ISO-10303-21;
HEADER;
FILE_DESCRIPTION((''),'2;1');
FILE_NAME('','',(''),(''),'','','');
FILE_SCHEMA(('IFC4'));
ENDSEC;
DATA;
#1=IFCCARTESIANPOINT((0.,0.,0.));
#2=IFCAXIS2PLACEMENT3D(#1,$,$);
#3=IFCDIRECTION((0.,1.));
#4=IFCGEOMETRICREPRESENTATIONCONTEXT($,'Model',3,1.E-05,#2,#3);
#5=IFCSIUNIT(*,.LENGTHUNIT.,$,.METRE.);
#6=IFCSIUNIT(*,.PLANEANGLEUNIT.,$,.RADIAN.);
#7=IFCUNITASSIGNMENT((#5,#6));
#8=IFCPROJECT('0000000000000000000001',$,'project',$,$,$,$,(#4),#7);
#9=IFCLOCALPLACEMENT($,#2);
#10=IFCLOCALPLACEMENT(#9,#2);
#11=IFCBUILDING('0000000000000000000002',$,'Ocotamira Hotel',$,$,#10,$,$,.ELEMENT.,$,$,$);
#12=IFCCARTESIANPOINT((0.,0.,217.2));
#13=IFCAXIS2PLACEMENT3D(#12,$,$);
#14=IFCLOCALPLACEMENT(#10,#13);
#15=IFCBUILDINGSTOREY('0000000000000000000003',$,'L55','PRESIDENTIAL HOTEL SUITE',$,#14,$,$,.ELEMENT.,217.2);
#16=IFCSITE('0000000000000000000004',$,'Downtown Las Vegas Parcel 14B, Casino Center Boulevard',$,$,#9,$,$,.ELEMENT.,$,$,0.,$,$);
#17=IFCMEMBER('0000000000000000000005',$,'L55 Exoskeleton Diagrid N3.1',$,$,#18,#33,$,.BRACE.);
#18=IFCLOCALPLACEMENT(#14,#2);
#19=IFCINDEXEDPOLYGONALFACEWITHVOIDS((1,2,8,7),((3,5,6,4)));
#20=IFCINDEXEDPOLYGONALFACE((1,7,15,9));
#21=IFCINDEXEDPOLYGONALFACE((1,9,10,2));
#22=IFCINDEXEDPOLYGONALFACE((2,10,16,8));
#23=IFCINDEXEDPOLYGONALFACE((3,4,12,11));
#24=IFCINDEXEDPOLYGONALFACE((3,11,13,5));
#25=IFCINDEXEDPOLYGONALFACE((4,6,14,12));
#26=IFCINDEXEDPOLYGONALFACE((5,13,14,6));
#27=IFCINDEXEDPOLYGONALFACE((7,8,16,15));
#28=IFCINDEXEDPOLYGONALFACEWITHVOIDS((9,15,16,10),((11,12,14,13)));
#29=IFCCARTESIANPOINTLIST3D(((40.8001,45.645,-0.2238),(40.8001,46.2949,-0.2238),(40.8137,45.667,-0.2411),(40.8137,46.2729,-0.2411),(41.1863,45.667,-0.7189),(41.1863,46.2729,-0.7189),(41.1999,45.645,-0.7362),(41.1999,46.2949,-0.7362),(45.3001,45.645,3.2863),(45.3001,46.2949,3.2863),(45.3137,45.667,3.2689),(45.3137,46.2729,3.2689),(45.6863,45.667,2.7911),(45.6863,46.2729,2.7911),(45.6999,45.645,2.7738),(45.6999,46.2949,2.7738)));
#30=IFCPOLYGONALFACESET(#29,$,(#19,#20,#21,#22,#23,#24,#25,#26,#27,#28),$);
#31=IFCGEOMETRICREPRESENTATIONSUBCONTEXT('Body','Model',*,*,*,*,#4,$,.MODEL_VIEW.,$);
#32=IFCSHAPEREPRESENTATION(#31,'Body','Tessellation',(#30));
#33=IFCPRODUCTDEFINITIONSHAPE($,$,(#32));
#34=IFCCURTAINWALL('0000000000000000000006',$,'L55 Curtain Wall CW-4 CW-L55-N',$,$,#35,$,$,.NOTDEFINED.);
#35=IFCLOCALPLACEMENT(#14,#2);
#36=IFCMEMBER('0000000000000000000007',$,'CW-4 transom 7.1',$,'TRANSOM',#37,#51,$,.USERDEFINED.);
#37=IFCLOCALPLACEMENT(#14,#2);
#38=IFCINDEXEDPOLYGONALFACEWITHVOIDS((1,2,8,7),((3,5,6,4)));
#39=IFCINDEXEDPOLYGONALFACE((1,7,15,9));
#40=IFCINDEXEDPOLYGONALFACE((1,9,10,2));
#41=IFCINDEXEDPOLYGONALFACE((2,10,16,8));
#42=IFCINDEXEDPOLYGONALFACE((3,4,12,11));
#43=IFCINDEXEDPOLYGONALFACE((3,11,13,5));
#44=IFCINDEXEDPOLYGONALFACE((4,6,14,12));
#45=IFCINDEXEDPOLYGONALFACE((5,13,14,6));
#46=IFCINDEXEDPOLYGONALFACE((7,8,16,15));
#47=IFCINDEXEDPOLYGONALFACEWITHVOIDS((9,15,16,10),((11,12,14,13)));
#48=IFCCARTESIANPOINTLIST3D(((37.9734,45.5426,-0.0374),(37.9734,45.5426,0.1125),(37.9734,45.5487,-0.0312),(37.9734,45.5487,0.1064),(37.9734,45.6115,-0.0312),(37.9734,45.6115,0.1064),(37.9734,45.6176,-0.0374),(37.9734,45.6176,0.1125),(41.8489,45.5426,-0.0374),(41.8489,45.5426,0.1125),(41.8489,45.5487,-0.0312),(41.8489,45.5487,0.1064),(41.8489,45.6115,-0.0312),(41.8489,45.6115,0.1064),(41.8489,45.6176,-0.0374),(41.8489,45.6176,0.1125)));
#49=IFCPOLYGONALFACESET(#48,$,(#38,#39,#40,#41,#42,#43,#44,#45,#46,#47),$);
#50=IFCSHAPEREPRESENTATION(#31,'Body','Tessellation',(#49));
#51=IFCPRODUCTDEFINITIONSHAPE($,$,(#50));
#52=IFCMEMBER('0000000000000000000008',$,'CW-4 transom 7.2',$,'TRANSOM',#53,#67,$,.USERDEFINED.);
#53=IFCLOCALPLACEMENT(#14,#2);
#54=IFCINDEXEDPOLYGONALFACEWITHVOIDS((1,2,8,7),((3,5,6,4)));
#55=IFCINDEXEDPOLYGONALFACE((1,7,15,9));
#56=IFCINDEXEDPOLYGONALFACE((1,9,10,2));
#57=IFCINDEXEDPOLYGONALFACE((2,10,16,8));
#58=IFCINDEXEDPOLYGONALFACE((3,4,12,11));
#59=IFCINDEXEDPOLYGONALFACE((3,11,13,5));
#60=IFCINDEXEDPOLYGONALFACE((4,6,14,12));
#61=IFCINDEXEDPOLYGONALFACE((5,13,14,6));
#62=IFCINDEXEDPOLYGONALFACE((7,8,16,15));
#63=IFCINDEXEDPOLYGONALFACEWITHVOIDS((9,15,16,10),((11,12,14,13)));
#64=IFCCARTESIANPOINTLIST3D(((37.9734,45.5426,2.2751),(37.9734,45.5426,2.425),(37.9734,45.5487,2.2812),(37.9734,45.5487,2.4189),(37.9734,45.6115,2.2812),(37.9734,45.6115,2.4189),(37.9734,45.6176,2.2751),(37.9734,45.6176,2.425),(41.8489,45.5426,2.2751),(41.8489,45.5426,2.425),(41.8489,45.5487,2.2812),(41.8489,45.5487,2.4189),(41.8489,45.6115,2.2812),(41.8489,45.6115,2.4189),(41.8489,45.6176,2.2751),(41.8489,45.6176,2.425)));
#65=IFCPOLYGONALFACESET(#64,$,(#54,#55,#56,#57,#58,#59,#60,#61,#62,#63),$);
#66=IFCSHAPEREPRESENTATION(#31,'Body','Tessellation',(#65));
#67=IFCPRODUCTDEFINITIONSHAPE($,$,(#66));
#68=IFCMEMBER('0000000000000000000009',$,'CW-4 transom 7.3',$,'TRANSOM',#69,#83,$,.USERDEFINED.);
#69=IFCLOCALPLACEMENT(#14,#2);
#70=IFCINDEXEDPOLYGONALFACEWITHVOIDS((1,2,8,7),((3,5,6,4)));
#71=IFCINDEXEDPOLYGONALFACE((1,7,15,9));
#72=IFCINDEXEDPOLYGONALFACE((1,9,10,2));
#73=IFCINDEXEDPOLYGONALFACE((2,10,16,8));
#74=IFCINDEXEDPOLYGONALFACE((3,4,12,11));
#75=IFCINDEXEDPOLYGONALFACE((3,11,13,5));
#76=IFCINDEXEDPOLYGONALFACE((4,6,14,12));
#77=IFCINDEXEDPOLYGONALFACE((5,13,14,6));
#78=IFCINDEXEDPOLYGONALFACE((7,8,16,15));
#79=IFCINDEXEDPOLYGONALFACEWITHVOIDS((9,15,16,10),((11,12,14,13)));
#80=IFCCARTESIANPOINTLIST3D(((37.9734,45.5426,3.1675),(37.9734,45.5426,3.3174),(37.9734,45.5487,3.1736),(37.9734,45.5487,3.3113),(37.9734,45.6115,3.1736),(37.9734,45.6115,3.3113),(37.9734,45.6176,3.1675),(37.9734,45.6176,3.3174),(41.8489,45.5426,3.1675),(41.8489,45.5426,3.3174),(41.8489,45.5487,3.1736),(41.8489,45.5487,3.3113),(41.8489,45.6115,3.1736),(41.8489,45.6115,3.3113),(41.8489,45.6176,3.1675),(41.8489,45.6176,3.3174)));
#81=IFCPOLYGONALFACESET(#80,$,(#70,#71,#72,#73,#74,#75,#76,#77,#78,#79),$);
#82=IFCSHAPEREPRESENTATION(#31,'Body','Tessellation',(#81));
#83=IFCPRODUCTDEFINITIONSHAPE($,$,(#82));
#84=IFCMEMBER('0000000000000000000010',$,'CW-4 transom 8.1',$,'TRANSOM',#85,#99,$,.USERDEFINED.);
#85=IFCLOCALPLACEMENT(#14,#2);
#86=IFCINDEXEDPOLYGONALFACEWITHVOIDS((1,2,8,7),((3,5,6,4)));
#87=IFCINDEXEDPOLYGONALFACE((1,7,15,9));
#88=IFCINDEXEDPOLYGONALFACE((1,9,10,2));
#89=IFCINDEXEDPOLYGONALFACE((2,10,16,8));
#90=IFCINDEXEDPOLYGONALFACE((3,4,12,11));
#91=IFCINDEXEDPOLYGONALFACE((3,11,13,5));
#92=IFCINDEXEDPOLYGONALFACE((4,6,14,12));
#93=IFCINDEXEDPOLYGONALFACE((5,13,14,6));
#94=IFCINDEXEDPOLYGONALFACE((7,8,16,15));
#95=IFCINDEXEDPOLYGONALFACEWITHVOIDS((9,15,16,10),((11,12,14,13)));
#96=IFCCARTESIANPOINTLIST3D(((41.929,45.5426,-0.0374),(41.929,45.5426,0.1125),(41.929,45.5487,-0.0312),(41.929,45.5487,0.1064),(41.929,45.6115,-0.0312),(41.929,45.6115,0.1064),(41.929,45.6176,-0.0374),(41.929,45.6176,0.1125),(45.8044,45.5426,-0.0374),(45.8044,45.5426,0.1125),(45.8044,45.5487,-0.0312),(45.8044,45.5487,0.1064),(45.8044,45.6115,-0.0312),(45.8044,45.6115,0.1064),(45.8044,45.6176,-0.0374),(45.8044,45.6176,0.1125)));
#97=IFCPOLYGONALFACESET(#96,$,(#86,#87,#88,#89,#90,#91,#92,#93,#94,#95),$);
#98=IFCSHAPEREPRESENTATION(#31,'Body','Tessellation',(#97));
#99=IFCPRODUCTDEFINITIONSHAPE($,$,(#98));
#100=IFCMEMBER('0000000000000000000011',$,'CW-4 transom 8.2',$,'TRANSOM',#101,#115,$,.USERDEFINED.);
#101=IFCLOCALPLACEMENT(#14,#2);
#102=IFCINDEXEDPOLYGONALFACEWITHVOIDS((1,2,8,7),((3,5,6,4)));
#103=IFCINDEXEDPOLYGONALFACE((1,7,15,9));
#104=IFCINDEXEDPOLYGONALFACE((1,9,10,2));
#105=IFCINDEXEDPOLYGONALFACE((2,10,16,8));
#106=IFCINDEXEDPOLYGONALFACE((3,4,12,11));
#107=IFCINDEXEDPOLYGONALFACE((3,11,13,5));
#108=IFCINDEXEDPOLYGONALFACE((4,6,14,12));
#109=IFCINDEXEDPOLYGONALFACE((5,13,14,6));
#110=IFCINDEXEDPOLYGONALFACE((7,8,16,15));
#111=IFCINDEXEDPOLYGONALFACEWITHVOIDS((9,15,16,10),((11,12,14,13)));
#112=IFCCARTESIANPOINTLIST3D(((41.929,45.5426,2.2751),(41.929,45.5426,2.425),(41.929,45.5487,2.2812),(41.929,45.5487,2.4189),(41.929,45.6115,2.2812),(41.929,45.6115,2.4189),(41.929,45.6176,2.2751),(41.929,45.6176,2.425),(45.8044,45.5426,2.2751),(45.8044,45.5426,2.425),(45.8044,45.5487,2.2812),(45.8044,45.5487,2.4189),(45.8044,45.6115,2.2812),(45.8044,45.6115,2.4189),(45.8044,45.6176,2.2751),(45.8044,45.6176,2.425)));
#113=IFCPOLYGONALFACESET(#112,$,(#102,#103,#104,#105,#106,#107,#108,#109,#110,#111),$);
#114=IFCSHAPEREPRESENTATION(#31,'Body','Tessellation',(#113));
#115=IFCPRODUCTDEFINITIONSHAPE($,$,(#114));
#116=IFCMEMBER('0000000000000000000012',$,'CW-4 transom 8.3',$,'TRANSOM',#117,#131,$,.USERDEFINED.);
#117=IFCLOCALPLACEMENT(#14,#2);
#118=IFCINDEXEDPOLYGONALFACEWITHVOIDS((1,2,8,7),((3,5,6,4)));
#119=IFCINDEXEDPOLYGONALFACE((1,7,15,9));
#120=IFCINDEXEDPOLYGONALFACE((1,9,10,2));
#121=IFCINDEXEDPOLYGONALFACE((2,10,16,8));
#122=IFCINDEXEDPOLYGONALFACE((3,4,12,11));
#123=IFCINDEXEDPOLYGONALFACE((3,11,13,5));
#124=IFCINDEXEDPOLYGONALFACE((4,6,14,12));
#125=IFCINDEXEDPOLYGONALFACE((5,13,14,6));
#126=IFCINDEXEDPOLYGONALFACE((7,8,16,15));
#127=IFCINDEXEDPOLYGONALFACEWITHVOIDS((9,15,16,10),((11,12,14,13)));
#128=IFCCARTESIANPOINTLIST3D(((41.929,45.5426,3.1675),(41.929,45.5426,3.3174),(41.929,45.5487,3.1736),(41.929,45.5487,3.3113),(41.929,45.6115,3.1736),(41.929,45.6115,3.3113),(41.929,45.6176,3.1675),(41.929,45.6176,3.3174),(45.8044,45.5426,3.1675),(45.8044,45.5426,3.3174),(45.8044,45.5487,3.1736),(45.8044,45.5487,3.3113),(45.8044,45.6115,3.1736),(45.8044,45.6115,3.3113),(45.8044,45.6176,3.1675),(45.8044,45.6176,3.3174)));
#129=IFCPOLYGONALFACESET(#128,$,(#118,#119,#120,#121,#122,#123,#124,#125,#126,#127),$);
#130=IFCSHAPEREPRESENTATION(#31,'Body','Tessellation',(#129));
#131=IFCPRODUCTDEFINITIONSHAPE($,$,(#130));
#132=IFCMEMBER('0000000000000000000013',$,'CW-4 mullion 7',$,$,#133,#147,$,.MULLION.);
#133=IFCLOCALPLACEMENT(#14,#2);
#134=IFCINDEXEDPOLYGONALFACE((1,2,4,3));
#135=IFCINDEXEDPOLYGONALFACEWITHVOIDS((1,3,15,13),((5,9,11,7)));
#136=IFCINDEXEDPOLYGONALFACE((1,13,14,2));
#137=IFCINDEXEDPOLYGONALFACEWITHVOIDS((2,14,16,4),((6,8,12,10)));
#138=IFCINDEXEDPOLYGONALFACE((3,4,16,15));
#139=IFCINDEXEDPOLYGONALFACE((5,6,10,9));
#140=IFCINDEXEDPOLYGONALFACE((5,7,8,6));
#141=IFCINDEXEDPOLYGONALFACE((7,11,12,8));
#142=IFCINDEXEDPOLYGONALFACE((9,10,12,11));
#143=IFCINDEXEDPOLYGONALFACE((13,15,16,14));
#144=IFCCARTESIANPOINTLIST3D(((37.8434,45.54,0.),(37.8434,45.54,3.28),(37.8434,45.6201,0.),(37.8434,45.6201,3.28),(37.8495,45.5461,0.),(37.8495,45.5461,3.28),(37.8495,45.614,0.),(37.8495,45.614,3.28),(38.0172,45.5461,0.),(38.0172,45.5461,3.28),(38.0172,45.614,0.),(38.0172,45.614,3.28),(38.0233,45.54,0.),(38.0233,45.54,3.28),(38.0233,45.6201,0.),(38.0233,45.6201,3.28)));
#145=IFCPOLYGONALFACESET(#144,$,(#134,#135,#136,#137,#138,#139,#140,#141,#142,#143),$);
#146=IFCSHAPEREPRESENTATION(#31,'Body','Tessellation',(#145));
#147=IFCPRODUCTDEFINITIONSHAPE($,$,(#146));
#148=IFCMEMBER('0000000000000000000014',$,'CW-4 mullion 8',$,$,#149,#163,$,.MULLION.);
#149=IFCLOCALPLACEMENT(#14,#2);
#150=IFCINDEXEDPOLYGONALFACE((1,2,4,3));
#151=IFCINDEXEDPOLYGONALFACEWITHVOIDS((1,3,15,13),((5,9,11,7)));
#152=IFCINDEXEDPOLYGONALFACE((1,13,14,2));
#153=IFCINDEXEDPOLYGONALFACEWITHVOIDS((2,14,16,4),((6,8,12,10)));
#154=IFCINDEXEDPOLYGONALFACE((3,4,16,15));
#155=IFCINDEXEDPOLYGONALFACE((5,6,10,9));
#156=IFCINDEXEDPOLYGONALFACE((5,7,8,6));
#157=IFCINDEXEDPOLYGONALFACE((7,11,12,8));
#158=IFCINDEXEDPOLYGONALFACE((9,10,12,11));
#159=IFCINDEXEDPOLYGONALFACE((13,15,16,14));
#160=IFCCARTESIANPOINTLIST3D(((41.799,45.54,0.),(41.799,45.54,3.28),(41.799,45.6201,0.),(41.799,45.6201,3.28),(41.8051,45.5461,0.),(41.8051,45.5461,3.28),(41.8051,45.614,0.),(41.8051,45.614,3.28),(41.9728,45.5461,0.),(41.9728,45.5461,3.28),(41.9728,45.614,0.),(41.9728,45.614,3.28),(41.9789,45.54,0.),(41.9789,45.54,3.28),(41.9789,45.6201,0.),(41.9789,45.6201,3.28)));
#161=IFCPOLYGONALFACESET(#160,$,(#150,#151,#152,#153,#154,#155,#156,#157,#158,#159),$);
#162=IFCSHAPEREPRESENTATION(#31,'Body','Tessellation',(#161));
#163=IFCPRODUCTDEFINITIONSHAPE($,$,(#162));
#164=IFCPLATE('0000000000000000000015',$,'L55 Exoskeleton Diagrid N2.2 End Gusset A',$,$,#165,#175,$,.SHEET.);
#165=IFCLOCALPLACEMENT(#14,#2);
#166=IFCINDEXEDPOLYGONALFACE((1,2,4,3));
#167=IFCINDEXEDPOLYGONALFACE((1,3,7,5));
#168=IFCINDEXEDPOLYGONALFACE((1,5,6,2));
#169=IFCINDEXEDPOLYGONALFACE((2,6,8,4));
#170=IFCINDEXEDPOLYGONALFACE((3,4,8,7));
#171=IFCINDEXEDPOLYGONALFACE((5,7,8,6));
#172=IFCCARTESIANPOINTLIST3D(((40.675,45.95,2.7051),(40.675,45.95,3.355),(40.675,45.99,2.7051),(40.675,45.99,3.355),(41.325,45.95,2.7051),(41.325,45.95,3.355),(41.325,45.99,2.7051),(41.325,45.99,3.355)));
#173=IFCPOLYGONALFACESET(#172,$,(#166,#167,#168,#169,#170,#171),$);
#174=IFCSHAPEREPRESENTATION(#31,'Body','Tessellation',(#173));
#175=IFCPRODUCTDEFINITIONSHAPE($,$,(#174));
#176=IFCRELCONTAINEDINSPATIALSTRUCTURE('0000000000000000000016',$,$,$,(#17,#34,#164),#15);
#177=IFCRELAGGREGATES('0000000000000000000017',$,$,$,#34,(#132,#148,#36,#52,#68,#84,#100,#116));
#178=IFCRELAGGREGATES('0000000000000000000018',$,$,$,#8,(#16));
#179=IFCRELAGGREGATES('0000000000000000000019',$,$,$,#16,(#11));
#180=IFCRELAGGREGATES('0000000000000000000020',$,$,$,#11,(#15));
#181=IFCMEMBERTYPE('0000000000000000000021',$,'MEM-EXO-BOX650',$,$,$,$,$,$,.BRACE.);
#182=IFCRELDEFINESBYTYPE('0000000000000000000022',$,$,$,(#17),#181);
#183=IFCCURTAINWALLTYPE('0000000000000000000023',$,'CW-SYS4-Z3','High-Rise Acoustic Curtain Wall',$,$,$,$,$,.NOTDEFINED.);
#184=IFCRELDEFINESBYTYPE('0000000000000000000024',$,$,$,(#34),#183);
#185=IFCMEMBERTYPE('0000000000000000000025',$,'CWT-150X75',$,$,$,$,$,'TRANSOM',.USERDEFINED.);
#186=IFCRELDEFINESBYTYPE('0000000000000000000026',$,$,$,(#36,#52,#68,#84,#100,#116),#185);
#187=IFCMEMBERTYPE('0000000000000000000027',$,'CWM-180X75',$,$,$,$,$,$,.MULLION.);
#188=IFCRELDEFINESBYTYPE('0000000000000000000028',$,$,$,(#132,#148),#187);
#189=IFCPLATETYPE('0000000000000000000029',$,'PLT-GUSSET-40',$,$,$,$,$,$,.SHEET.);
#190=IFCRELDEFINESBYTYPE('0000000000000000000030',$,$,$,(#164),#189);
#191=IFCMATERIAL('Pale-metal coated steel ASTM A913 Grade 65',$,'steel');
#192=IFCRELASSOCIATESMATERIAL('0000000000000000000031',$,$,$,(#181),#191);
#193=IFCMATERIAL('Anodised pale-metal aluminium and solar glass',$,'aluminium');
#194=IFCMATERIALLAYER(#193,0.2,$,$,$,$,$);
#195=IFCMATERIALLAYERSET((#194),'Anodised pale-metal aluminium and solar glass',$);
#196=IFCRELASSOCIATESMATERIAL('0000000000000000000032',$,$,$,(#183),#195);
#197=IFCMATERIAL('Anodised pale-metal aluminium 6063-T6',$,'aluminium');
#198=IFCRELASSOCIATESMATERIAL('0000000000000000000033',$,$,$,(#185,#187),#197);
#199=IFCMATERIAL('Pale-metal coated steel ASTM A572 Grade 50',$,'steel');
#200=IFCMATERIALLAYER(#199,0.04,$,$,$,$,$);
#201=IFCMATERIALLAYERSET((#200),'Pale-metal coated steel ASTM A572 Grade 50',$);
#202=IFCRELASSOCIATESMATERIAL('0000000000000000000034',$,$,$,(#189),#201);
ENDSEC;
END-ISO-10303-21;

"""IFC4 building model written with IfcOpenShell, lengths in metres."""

from ifc_helpers import new_model, si_unit, direction, frame, origin, origin_2d, place, context, subcontext, project, spatial, rectangle, hollow_rectangle, extrude, source, transform, mapped, material, layer, layer_set, material_profile, profile_set, type_object, element, aggregate, save


model = new_model("IFC4")

# Units and contexts
model_context = context("Model", 3, precision=1e-05, world=origin(), true_north=direction((0.0, 1.0)))
body_context = subcontext(model_context, "Body", "Model", "MODEL_VIEW")
ifc_project = project(units=[si_unit("LENGTHUNIT", "METRE"), si_unit("PLANEANGLEUNIT", "RADIAN")], contexts=[model_context])

# Site, building, storey
site_placement = place(None, origin())
site = spatial("IfcSite", under=ifc_project, at=site_placement, Name="Downtown Las Vegas Parcel 14B, Casino Center Boulevard", CompositionType="ELEMENT", RefElevation=0.0)
building_placement = place(site_placement, origin())
building = spatial("IfcBuilding", under=site, at=building_placement, Name="Ocotamira Hotel", CompositionType="ELEMENT")
storey_placement = place(building_placement, frame((0.0, 0.0, 217.2)))
storey = spatial("IfcBuildingStorey", under=building, at=storey_placement, Name="L55", Description="PRESIDENTIAL HOTEL SUITE", CompositionType="ELEMENT", Elevation=217.2)

# Member
ifc_material_1 = material(Name="Pale-metal coated steel ASTM A913 Grade 65", Category="steel")
ifc_material_profile_1 = material_profile(ifc_material_1, hollow_rectangle(XDim=0.6499, YDim=0.6499, WallThickness=0.022, at=origin_2d()), Name="BOX650X650X22")
ifc_profile_set_1 = profile_set([ifc_material_profile_1], Name="Pale-metal coated steel ASTM A913 Grade 65")
member_type_1 = type_object("IfcMemberType", Name="MEM-EXO-BOX650", PredefinedType="BRACE", material=ifc_profile_set_1)
shared_shape_1 = source(origin(), body_context, "Body", "SweptSolid", [
    extrude(hollow_rectangle(XDim=0.6499, YDim=0.6499, WallThickness=0.022, at=origin_2d()), origin(), (0.0, 0.0, 1.0), 5.707),
])
for number, where, z_axis, x_axis, name in (
    (1, (41.0, 45.97, -0.48), (0.788501, 0.0, 0.615033), (0.0, 1.0, 0.0), "L55 Exoskeleton Diagrid N3.1"),
):
    element("IfcMember", number, at=place(storey_placement, frame(where, z_axis=z_axis, x_axis=x_axis)), inside=storey, type_object=member_type_1, Name=name, PredefinedType="BRACE", context=body_context, shape_type="MappedRepresentation", body=[
        mapped(shared_shape_1, transform((0.0, 0.0, 0.0), scale=1.0)),
    ])

# Curtain wall, members
ifc_material_2 = material(Name="Anodised pale-metal aluminium and solar glass", Category="aluminium")
ifc_layer_1 = layer(ifc_material_2, 0.2)
ifc_layer_set_1 = layer_set([ifc_layer_1], Name="Anodised pale-metal aluminium and solar glass")
curtain_wall_type = type_object("IfcCurtainWallType", Name="CW-SYS4-Z3", Description="High-Rise Acoustic Curtain Wall", PredefinedType="NOTDEFINED", material=ifc_layer_set_1)
curtain_wall_placement = place(storey_placement, origin())
curtain_wall = element("IfcCurtainWall", 2, at=curtain_wall_placement, inside=storey, type_object=curtain_wall_type, Name="L55 Curtain Wall CW-4 CW-L55-N", PredefinedType="NOTDEFINED")
ifc_material_3 = material(Name="Anodised pale-metal aluminium 6063-T6", Category="aluminium")
ifc_material_profile_2 = material_profile(ifc_material_3, hollow_rectangle(XDim=0.075, YDim=0.1499, WallThickness=0.0061, at=origin_2d()), Name="HSS150X75X6")
ifc_profile_set_2 = profile_set([ifc_material_profile_2], Name="Anodised pale-metal aluminium 6063-T6")
member_type_2 = type_object("IfcMemberType", Name="CWT-150X75", ElementType="TRANSOM", PredefinedType="USERDEFINED", material=ifc_profile_set_2)
shared_shape_2 = source(origin(), body_context, "Body", "SweptSolid", [
    extrude(hollow_rectangle(XDim=0.075, YDim=0.1499, WallThickness=0.0061, at=origin_2d()), origin(), (0.0, 0.0, 1.0), 3.8755),
])
member_1_placement = place(storey_placement, frame((37.9734, 45.5801, 0.0376), z_axis=(1.0, 0.0, 0.0), x_axis=(0.0, 1.0, 0.0)))
member_1 = element("IfcMember", 3, at=member_1_placement, type_object=member_type_2, Name="CW-4 transom 7.1", ObjectType="TRANSOM", PredefinedType="USERDEFINED", context=body_context, shape_type="MappedRepresentation", body=[
    mapped(shared_shape_2, transform((0.0, 0.0, 0.0), scale=1.0)),
])
member_2_placement = place(storey_placement, frame((37.9734, 45.5801, 2.3501), z_axis=(1.0, 0.0, 0.0), x_axis=(0.0, 1.0, 0.0)))
member_2 = element("IfcMember", 4, at=member_2_placement, type_object=member_type_2, Name="CW-4 transom 7.2", ObjectType="TRANSOM", PredefinedType="USERDEFINED", context=body_context, shape_type="MappedRepresentation", body=[
    mapped(shared_shape_2, transform((0.0, 0.0, 0.0), scale=1.0)),
])
member_3_placement = place(storey_placement, frame((37.9734, 45.5801, 3.2424), z_axis=(1.0, 0.0, 0.0), x_axis=(0.0, 1.0, 0.0)))
member_3 = element("IfcMember", 5, at=member_3_placement, type_object=member_type_2, Name="CW-4 transom 7.3", ObjectType="TRANSOM", PredefinedType="USERDEFINED", context=body_context, shape_type="MappedRepresentation", body=[
    mapped(shared_shape_2, transform((0.0, 0.0, 0.0), scale=1.0)),
])
member_4_placement = place(storey_placement, frame((41.929, 45.5801, 0.0376), z_axis=(1.0, 0.0, 0.0), x_axis=(0.0, 1.0, 0.0)))
member_4 = element("IfcMember", 6, at=member_4_placement, type_object=member_type_2, Name="CW-4 transom 8.1", ObjectType="TRANSOM", PredefinedType="USERDEFINED", context=body_context, shape_type="MappedRepresentation", body=[
    mapped(shared_shape_2, transform((0.0, 0.0, 0.0), scale=1.0)),
])
member_5_placement = place(storey_placement, frame((41.929, 45.5801, 2.3501), z_axis=(1.0, 0.0, 0.0), x_axis=(0.0, 1.0, 0.0)))
member_5 = element("IfcMember", 7, at=member_5_placement, type_object=member_type_2, Name="CW-4 transom 8.2", ObjectType="TRANSOM", PredefinedType="USERDEFINED", context=body_context, shape_type="MappedRepresentation", body=[
    mapped(shared_shape_2, transform((0.0, 0.0, 0.0), scale=1.0)),
])
member_6_placement = place(storey_placement, frame((41.929, 45.5801, 3.2424), z_axis=(1.0, 0.0, 0.0), x_axis=(0.0, 1.0, 0.0)))
member_6 = element("IfcMember", 8, at=member_6_placement, type_object=member_type_2, Name="CW-4 transom 8.3", ObjectType="TRANSOM", PredefinedType="USERDEFINED", context=body_context, shape_type="MappedRepresentation", body=[
    mapped(shared_shape_2, transform((0.0, 0.0, 0.0), scale=1.0)),
])
ifc_material_profile_3 = material_profile(ifc_material_3, hollow_rectangle(XDim=0.0801, YDim=0.1799, WallThickness=0.0061, at=origin_2d()), Name="HSS180X80X6")
ifc_profile_set_3 = profile_set([ifc_material_profile_3], Name="Anodised pale-metal aluminium 6063-T6")
member_type_3 = type_object("IfcMemberType", Name="CWM-180X75", PredefinedType="MULLION", material=ifc_profile_set_3)
shared_shape_3 = source(origin(), body_context, "Body", "SweptSolid", [
    extrude(hollow_rectangle(XDim=0.0801, YDim=0.1799, WallThickness=0.0061, at=origin_2d()), origin(), (0.0, 0.0, 1.0), 3.28),
])
member_7_placement = place(storey_placement, frame((37.9333, 45.5801, 0.0), z_axis=(0.0, 0.0, 1.0), x_axis=(0.0, 1.0, 0.0)))
member_7 = element("IfcMember", 9, at=member_7_placement, type_object=member_type_3, Name="CW-4 mullion 7", PredefinedType="MULLION", context=body_context, shape_type="MappedRepresentation", body=[
    mapped(shared_shape_3, transform((0.0, 0.0, 0.0), scale=1.0)),
])
member_8_placement = place(storey_placement, frame((41.8889, 45.5801, 0.0), z_axis=(0.0, 0.0, 1.0), x_axis=(0.0, 1.0, 0.0)))
member_8 = element("IfcMember", 10, at=member_8_placement, type_object=member_type_3, Name="CW-4 mullion 8", PredefinedType="MULLION", context=body_context, shape_type="MappedRepresentation", body=[
    mapped(shared_shape_3, transform((0.0, 0.0, 0.0), scale=1.0)),
])

# Plate
ifc_material_4 = material(Name="Pale-metal coated steel ASTM A572 Grade 50", Category="steel")
ifc_layer_2 = layer(ifc_material_4, 0.04)
ifc_layer_set_2 = layer_set([ifc_layer_2], Name="Pale-metal coated steel ASTM A572 Grade 50")
plate_type_1 = type_object("IfcPlateType", Name="PLT-GUSSET-40", PredefinedType="SHEET", material=ifc_layer_set_2)
shared_shape_4 = source(origin(), body_context, "Body", "SweptSolid", [
    extrude(rectangle(XDim=0.6499, YDim=0.04, at=origin_2d()), origin(), (0.0, 0.0, 1.0), 0.6499),
])
plate_1_placement = place(storey_placement, frame((41.0, 45.97, 2.7051), z_axis=(0.0, 0.0, 1.0), x_axis=(-1.0, 0.0, 0.0)))
element("IfcPlate", 11, at=plate_1_placement, inside=storey, type_object=plate_type_1, Name="L55 Exoskeleton Diagrid N2.2 End Gusset A", PredefinedType="SHEET", context=body_context, shape_type="MappedRepresentation", body=[
    mapped(shared_shape_4, transform((0.0, 0.0, 0.0), scale=1.0)),
])
aggregate(curtain_wall, [member_7, member_8, member_1, member_2, member_3, member_4, member_5, member_6])

save(model, "model.ifc")
